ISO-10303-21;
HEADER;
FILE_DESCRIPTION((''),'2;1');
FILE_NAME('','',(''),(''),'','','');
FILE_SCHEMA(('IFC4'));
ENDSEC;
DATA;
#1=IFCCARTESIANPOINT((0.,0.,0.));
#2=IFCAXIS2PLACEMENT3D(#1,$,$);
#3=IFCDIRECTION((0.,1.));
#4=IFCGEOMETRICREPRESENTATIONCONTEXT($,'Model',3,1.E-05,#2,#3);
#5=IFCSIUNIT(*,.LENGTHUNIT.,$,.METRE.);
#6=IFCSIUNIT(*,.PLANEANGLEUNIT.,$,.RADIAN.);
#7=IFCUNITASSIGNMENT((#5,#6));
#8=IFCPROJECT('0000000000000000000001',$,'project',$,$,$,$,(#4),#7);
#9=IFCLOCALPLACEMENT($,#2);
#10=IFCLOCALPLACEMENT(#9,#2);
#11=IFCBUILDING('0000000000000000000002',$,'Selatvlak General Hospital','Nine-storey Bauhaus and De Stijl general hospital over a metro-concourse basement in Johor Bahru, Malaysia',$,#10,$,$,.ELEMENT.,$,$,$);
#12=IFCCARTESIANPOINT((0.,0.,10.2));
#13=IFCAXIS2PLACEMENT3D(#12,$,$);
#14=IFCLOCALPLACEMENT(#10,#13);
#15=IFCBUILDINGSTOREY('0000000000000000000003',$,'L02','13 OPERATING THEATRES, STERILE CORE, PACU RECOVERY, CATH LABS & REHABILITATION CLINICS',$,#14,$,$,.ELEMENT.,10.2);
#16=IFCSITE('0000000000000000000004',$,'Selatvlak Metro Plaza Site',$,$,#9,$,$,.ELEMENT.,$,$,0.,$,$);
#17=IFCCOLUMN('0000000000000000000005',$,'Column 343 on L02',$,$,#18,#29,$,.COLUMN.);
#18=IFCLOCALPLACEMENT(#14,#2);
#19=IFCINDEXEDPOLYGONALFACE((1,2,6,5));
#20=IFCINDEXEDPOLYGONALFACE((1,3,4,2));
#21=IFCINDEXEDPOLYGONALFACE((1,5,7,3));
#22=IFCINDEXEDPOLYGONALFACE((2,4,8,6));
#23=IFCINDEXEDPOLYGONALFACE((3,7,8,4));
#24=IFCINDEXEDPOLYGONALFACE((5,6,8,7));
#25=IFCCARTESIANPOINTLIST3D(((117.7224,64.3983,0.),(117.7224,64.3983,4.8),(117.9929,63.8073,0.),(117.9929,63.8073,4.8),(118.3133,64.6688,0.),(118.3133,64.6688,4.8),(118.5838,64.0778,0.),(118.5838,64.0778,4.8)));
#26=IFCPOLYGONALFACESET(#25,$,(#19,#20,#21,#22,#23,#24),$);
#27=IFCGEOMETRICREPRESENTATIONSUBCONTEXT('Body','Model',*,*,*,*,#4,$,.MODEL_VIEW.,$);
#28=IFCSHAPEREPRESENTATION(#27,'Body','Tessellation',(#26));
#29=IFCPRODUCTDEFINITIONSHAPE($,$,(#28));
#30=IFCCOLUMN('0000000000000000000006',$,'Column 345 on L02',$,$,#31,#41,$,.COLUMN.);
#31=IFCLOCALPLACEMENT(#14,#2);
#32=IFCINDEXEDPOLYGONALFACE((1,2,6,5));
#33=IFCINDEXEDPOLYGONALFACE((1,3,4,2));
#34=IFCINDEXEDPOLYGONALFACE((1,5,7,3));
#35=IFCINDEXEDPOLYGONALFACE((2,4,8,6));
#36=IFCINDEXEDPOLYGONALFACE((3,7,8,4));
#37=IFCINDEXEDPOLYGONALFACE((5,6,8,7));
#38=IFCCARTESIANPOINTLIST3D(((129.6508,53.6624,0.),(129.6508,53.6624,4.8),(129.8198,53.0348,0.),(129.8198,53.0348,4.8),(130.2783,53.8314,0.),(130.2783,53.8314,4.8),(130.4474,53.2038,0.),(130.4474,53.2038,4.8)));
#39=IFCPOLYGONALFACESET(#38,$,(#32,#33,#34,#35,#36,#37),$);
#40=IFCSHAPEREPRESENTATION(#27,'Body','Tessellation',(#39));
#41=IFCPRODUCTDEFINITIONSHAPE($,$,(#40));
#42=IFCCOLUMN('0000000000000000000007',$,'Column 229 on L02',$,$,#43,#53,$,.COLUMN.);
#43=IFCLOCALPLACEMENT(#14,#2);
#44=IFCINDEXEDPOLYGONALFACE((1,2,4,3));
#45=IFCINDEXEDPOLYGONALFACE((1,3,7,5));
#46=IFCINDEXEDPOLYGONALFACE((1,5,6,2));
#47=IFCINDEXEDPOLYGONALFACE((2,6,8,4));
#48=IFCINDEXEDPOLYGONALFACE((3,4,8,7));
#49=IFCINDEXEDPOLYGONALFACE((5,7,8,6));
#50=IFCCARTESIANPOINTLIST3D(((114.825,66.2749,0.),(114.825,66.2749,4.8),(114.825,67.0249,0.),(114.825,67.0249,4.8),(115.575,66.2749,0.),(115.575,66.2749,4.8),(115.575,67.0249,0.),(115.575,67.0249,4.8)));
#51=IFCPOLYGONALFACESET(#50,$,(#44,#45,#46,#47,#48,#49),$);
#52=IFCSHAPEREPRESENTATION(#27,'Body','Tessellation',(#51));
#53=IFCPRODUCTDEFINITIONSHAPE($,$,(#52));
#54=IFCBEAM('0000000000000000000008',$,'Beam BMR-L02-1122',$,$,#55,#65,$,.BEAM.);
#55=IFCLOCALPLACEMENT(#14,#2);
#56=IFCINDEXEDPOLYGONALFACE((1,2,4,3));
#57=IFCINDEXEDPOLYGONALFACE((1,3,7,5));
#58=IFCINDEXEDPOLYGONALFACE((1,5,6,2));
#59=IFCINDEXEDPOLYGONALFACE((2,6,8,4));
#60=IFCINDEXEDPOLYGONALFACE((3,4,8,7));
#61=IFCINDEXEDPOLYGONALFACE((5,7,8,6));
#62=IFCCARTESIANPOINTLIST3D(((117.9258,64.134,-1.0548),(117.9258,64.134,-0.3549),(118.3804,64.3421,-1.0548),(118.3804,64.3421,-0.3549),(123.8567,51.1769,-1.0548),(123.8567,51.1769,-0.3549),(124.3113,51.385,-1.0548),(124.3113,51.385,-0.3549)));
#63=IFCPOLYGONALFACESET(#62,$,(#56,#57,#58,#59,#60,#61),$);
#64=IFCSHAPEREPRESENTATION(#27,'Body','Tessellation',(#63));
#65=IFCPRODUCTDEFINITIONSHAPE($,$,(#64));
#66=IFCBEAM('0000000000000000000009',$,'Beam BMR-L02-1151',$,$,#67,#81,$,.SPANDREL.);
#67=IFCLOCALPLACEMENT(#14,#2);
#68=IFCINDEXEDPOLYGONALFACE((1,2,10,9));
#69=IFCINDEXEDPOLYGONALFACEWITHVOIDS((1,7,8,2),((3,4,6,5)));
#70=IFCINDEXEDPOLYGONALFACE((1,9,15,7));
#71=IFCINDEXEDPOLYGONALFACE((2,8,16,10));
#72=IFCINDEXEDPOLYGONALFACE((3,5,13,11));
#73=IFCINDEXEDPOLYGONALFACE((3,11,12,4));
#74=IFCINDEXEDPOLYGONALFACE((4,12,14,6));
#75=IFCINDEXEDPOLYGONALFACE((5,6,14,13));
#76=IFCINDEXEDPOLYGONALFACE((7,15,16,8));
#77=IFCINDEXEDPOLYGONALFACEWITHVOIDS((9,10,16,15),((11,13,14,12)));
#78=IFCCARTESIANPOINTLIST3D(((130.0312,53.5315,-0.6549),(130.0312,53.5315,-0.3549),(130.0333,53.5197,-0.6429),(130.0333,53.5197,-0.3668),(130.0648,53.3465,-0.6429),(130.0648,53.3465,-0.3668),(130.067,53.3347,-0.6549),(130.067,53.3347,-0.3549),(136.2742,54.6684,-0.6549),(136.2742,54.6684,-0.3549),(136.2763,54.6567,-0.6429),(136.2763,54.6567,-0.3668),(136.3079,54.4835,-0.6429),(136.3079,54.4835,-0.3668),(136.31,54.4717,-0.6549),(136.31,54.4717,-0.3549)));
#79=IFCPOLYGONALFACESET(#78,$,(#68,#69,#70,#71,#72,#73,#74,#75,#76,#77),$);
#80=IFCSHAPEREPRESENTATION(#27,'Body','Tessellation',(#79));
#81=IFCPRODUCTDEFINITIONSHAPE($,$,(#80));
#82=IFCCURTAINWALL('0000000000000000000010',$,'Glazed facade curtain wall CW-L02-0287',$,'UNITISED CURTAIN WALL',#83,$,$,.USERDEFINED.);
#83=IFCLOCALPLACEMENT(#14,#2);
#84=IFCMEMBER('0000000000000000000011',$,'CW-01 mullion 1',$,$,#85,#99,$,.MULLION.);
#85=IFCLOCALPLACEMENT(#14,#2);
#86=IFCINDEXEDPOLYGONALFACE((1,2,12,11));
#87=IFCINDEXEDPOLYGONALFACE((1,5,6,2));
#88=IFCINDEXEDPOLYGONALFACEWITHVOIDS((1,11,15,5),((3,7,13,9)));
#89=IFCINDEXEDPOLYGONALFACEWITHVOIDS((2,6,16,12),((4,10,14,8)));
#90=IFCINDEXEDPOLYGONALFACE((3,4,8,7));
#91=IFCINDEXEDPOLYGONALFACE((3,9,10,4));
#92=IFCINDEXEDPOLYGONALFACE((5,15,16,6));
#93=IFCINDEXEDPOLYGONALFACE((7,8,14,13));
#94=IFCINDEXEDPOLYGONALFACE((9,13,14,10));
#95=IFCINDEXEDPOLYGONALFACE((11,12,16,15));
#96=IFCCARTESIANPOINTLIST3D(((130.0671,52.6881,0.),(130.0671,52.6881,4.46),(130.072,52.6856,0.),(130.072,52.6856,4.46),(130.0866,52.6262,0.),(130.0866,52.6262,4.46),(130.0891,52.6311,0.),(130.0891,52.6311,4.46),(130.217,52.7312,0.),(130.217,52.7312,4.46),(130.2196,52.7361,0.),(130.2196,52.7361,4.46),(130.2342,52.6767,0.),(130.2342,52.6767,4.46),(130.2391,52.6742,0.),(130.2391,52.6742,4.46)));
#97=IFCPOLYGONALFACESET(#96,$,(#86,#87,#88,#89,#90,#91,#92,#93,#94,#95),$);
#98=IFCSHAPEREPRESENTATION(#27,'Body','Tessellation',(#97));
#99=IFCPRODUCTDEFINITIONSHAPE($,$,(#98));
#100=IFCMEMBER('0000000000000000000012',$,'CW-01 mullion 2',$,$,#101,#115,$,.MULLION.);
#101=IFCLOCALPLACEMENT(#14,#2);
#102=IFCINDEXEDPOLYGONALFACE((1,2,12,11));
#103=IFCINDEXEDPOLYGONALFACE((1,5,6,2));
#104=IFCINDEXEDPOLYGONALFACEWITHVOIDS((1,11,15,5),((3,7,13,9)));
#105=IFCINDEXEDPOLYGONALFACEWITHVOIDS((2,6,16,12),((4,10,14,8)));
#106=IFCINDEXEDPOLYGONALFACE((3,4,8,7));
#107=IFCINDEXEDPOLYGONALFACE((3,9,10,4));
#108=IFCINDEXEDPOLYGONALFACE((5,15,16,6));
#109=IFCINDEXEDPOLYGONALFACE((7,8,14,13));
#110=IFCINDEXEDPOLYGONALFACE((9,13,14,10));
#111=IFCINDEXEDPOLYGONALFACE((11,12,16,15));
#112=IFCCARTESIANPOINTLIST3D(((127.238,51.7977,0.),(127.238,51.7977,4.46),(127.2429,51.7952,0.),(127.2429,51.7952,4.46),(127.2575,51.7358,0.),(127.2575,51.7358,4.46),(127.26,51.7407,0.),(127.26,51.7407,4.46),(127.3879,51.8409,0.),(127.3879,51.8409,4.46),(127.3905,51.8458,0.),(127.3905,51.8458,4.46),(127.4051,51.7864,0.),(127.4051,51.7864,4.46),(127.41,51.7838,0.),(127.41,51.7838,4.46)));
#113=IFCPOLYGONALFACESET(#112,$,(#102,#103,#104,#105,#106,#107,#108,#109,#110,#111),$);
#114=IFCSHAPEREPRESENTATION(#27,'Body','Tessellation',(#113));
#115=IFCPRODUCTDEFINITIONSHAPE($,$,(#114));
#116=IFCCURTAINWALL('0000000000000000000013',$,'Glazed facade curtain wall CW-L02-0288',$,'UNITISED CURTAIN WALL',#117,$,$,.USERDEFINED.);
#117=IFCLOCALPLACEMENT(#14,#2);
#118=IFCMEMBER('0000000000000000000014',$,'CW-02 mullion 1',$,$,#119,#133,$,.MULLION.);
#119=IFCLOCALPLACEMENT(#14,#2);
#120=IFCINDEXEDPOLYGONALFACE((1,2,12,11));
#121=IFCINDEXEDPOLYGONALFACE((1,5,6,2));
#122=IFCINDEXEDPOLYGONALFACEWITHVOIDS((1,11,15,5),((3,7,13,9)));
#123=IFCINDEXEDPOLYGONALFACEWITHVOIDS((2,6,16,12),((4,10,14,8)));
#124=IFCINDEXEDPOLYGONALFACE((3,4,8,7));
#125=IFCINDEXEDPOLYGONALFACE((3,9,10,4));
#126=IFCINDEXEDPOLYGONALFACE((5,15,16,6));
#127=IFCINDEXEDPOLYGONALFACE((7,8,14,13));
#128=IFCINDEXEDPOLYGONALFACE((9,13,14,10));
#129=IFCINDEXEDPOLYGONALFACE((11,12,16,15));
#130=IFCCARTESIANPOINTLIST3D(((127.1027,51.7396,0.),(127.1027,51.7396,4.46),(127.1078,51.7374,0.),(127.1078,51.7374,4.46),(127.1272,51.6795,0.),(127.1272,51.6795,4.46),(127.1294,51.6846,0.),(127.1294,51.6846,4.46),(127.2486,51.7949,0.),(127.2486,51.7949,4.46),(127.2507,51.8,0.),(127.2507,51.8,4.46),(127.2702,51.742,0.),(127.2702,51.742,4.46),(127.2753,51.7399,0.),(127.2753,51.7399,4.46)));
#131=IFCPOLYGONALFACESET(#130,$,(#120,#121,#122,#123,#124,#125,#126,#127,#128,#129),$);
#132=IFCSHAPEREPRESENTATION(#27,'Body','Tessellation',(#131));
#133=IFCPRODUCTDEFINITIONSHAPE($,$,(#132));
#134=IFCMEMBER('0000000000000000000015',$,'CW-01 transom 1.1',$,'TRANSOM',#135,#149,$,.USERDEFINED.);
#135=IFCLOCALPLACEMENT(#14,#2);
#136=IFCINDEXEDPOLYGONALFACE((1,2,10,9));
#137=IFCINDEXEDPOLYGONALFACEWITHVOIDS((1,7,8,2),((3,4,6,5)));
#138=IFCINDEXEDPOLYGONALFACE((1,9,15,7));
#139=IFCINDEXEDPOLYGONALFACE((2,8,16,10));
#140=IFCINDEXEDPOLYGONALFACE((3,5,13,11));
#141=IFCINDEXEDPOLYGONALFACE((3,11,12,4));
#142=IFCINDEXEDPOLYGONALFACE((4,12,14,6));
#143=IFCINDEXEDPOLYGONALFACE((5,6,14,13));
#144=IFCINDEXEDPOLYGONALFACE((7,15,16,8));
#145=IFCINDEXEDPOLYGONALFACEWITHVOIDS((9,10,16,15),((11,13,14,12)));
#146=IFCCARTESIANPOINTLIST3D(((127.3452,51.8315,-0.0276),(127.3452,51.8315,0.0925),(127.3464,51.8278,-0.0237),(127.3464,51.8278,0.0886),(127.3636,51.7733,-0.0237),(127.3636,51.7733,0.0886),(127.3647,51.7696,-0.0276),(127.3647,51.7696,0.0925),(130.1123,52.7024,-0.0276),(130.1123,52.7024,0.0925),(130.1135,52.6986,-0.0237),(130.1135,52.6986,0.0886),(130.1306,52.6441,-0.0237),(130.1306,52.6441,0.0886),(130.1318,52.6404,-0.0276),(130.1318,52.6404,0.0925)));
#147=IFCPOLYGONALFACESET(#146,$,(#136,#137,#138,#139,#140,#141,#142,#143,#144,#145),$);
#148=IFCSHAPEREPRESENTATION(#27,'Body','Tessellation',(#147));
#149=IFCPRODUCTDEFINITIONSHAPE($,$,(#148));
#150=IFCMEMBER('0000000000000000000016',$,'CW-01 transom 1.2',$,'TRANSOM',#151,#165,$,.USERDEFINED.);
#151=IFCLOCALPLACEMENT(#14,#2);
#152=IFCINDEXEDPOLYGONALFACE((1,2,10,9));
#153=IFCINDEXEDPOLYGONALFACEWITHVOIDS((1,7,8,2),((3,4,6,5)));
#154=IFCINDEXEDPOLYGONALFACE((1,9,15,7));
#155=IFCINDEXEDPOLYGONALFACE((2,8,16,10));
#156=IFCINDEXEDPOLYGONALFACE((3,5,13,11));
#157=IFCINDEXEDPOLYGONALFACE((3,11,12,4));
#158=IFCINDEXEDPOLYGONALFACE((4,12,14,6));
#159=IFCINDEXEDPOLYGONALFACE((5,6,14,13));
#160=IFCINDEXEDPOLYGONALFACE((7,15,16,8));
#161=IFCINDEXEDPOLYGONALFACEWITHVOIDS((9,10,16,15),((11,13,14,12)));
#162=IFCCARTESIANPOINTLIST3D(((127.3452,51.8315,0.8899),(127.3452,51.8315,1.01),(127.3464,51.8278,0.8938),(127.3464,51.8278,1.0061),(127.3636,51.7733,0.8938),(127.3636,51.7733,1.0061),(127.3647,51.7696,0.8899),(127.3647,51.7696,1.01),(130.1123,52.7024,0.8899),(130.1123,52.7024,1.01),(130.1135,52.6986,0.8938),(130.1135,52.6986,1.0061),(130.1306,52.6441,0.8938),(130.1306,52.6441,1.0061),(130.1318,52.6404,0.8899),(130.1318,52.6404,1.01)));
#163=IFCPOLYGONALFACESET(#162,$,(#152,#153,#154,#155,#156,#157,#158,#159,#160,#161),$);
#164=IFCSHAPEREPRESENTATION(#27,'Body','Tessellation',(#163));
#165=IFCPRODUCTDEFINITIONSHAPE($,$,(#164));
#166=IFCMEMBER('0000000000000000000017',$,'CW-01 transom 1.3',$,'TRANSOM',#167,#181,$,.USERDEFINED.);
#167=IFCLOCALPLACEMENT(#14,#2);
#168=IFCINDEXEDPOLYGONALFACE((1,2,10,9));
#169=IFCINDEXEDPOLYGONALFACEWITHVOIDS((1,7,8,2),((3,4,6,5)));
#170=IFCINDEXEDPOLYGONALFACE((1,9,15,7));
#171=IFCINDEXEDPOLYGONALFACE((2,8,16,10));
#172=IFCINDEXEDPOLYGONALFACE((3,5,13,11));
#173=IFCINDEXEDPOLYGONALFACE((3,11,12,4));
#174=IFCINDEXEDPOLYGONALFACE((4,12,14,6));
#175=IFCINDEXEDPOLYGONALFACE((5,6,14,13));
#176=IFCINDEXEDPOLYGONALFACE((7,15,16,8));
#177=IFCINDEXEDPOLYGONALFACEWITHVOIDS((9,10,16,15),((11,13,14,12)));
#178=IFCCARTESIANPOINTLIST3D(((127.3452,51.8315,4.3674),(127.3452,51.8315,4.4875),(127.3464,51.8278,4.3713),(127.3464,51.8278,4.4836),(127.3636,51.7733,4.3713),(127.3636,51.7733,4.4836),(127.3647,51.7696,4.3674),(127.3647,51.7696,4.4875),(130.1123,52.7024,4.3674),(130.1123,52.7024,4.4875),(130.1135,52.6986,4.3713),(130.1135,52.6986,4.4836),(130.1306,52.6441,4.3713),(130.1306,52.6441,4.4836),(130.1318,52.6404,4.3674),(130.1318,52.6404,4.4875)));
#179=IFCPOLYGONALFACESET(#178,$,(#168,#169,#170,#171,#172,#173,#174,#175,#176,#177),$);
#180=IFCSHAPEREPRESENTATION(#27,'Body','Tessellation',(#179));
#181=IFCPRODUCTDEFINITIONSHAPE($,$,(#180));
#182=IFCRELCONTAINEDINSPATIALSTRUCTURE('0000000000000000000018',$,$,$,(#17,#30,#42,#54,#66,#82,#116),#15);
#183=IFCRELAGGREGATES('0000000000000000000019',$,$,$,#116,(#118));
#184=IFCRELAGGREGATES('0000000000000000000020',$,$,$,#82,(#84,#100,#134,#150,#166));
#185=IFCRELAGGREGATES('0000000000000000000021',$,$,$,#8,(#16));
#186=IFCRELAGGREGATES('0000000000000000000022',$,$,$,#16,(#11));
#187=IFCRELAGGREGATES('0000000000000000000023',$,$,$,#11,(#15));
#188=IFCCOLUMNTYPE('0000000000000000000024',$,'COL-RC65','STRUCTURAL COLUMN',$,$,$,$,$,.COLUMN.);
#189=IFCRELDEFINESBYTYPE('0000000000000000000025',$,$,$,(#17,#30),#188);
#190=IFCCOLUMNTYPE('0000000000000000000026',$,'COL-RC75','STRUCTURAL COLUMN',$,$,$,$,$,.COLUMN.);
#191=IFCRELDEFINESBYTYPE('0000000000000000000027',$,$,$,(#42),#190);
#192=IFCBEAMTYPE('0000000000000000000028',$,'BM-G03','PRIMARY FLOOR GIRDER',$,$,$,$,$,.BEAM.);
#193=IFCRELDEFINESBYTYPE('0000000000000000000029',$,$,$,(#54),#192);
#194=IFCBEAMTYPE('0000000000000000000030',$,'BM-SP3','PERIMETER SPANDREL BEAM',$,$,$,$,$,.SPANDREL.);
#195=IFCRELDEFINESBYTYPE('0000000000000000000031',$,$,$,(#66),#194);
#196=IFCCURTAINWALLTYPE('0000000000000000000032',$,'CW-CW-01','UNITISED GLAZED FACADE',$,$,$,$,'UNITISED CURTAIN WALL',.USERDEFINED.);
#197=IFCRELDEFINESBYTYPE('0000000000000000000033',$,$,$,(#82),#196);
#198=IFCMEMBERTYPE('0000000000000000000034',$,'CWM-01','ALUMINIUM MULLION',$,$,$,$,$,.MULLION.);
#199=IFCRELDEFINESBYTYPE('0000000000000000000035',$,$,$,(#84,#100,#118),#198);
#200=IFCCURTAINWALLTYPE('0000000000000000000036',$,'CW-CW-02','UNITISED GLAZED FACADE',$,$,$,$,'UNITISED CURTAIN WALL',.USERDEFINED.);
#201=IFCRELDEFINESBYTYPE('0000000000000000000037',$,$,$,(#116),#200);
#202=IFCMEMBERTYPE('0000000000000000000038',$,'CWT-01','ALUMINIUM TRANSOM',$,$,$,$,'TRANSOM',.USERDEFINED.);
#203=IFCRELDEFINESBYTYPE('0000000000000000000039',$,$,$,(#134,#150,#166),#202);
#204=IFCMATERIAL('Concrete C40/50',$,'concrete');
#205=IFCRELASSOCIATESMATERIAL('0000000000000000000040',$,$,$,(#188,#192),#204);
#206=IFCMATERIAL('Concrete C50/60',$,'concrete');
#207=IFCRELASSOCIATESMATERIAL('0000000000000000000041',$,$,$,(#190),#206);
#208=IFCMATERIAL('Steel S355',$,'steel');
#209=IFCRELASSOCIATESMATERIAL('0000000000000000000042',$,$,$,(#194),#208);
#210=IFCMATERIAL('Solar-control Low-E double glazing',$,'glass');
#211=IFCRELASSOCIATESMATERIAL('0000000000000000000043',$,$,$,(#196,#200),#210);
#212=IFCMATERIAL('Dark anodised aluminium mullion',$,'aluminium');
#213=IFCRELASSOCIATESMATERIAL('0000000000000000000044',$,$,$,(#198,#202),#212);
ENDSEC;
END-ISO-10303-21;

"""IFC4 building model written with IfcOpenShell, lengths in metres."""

from ifc_helpers import new_model, si_unit, direction, frame, origin, origin_2d, place, context, subcontext, project, spatial, rectangle, hollow_rectangle, extrude, material, material_profile, profile_set, type_object, element, aggregate, save


model = new_model("IFC4")

# Units and contexts
model_context = context("Model", 3, precision=1e-05, world=origin(), true_north=direction((0.0, 1.0)))
body_context = subcontext(model_context, "Body", "Model", "MODEL_VIEW")
ifc_project = project(units=[si_unit("LENGTHUNIT", "METRE"), si_unit("PLANEANGLEUNIT", "RADIAN")], contexts=[model_context])

# Site, building, storey
site_placement = place(None, origin())
site = spatial("IfcSite", under=ifc_project, at=site_placement, Name="Selatvlak Metro Plaza Site", CompositionType="ELEMENT", RefElevation=0.0)
building_placement = place(site_placement, origin())
building = spatial("IfcBuilding", under=site, at=building_placement, Name="Selatvlak General Hospital", Description="Nine-storey Bauhaus and De Stijl general hospital over a metro-concourse basement in Johor Bahru, Malaysia", CompositionType="ELEMENT")
storey_placement = place(building_placement, frame((0.0, 0.0, 10.2)))
storey = spatial("IfcBuildingStorey", under=building, at=storey_placement, Name="L02", Description="13 OPERATING THEATRES, STERILE CORE, PACU RECOVERY, CATH LABS & REHABILITATION CLINICS", CompositionType="ELEMENT", Elevation=10.2)

# Columns
ifc_material_1 = material(Name="Concrete C40/50", Category="concrete")
ifc_material_profile_1 = material_profile(ifc_material_1, rectangle(XDim=0.6499, YDim=0.6499, at=origin_2d()), Name="RC-COL 650x650")
ifc_profile_set_1 = profile_set([ifc_material_profile_1], Name="Concrete C40/50")
column_type_1 = type_object("IfcColumnType", Name="COL-RC65", Description="STRUCTURAL COLUMN", PredefinedType="COLUMN", material=ifc_profile_set_1)
for number, where, z_axis, x_axis, name in (
    (1, (118.1531, 64.238, 0.0), (0.0, 0.0, 1.0), (-0.416201, 0.909272, 0.0), "Column 343 on L02"),
    (2, (130.0491, 53.4331, 0.0), (0.0, 0.0, 1.0), (-0.260066, 0.965591, 0.0), "Column 345 on L02"),
):
    element("IfcColumn", number, at=place(storey_placement, frame(where, z_axis=z_axis, x_axis=x_axis)), inside=storey, type_object=column_type_1, Name=name, PredefinedType="COLUMN", context=body_context, shape_type="SweptSolid", body=[
        extrude(rectangle(XDim=0.6499, YDim=0.6499, at=origin_2d()), origin(), (0.0, 0.0, 1.0), 4.8),
    ])
ifc_material_2 = material(Name="Concrete C50/60", Category="concrete")
ifc_material_profile_2 = material_profile(ifc_material_2, rectangle(XDim=0.75, YDim=0.75, at=origin_2d()), Name="RC-COL 750x750")
ifc_profile_set_2 = profile_set([ifc_material_profile_2], Name="Concrete C50/60")
column_type_2 = type_object("IfcColumnType", Name="COL-RC75", Description="STRUCTURAL COLUMN", PredefinedType="COLUMN", material=ifc_profile_set_2)
column_placement = place(storey_placement, frame((115.2, 66.6499, 0.0), z_axis=(0.0, 0.0, 1.0), x_axis=(1.0, 0.0, 0.0)))
element("IfcColumn", 3, at=column_placement, inside=storey, type_object=column_type_2, Name="Column 229 on L02", PredefinedType="COLUMN", context=body_context, shape_type="SweptSolid", body=[
    extrude(rectangle(XDim=0.75, YDim=0.75, at=origin_2d()), origin(), (0.0, 0.0, 1.0), 4.8),
])

# Beams
ifc_material_profile_3 = material_profile(ifc_material_1, rectangle(XDim=0.5, YDim=0.7, at=origin_2d()), Name="RC-BM 500x700")
ifc_profile_set_3 = profile_set([ifc_material_profile_3], Name="Concrete C40/50")
beam_type_1 = type_object("IfcBeamType", Name="BM-G03", Description="PRIMARY FLOOR GIRDER", PredefinedType="BEAM", material=ifc_profile_set_3)
beam_1_placement = place(storey_placement, frame((118.1531, 64.238, -0.7048), z_axis=(0.416206, -0.90927, 0.0), x_axis=(0.90927, 0.416206, 0.0)))
element("IfcBeam", 4, at=beam_1_placement, inside=storey, type_object=beam_type_1, Name="Beam BMR-L02-1122", PredefinedType="BEAM", context=body_context, shape_type="SweptSolid", body=[
    extrude(rectangle(XDim=0.5, YDim=0.7, at=origin_2d()), origin(), (0.0, 0.0, 1.0), 14.25),
])
ifc_material_3 = material(Name="Steel S355", Category="steel")
ifc_material_profile_4 = material_profile(ifc_material_3, hollow_rectangle(XDim=0.2, YDim=0.3, WallThickness=0.012, at=origin_2d()), Name="RHS 300x200x12")
ifc_profile_set_4 = profile_set([ifc_material_profile_4], Name="Steel S355")
beam_type_2 = type_object("IfcBeamType", Name="BM-SP3", Description="PERIMETER SPANDREL BEAM", PredefinedType="SPANDREL", material=ifc_profile_set_4)
beam_2_placement = place(storey_placement, frame((130.0491, 53.4331, -0.5049), z_axis=(0.983818, 0.179173, 0.0), x_axis=(-0.179173, 0.983818, 0.0)))
element("IfcBeam", 5, at=beam_2_placement, inside=storey, type_object=beam_type_2, Name="Beam BMR-L02-1151", PredefinedType="SPANDREL", context=body_context, shape_type="SweptSolid", body=[
    extrude(hollow_rectangle(XDim=0.2, YDim=0.3, WallThickness=0.012, at=origin_2d()), origin(), (0.0, 0.0, 1.0), 6.3457),
])

# Curtain wall, members
ifc_material_4 = material(Name="Solar-control Low-E double glazing", Category="glass")
curtain_wall_type_1 = type_object("IfcCurtainWallType", Name="CW-CW-01", Description="UNITISED GLAZED FACADE", ElementType="UNITISED CURTAIN WALL", PredefinedType="USERDEFINED", material=ifc_material_4)
curtain_wall_1_placement = place(storey_placement, origin())
curtain_wall_1 = element("IfcCurtainWall", 6, at=curtain_wall_1_placement, inside=storey, type_object=curtain_wall_type_1, Name="Glazed facade curtain wall CW-L02-0287", ObjectType="UNITISED CURTAIN WALL", PredefinedType="USERDEFINED")
ifc_material_5 = material(Name="Dark anodised aluminium mullion", Category="aluminium")
ifc_material_profile_5 = material_profile(ifc_material_5, hollow_rectangle(XDim=0.0649, YDim=0.1599, WallThickness=0.0039, at=origin_2d()), Name="AL-MUL 65x160x4")
ifc_profile_set_5 = profile_set([ifc_material_profile_5], Name="Dark anodised aluminium mullion")
member_type_1 = type_object("IfcMemberType", Name="CWM-01", Description="ALUMINIUM MULLION", PredefinedType="MULLION", material=ifc_profile_set_5)
member_1_placement = place(storey_placement, frame((130.1531, 52.6812, 0.0), z_axis=(0.0, 0.0, 1.0), x_axis=(0.300247, -0.953862, 0.0)))
member_1 = element("IfcMember", 7, at=member_1_placement, type_object=member_type_1, Name="CW-01 mullion 1", PredefinedType="MULLION", context=body_context, shape_type="SweptSolid", body=[
    extrude(hollow_rectangle(XDim=0.0649, YDim=0.1599, WallThickness=0.0039, at=origin_2d()), origin(), (0.0, 0.0, 1.0), 4.46),
])
member_2_placement = place(storey_placement, frame((127.324, 51.7908, 0.0), z_axis=(0.0, 0.0, 1.0), x_axis=(0.300247, -0.953862, 0.0)))
member_2 = element("IfcMember", 8, at=member_2_placement, type_object=member_type_1, Name="CW-01 mullion 2", PredefinedType="MULLION", context=body_context, shape_type="SweptSolid", body=[
    extrude(hollow_rectangle(XDim=0.0649, YDim=0.1599, WallThickness=0.0039, at=origin_2d()), origin(), (0.0, 0.0, 1.0), 4.46),
])

# Curtain wall, member
curtain_wall_type_2 = type_object("IfcCurtainWallType", Name="CW-CW-02", Description="UNITISED GLAZED FACADE", ElementType="UNITISED CURTAIN WALL", PredefinedType="USERDEFINED", material=ifc_material_4)
curtain_wall_2_placement = place(storey_placement, origin())
curtain_wall_2 = element("IfcCurtainWall", 9, at=curtain_wall_2_placement, inside=storey, type_object=curtain_wall_type_2, Name="Glazed facade curtain wall CW-L02-0288", ObjectType="UNITISED CURTAIN WALL", PredefinedType="USERDEFINED")
member_3_placement = place(storey_placement, frame((127.189, 51.7397, 0.0), z_axis=(0.0, 0.0, 1.0), x_axis=(0.377978, -0.925815, 0.0)))
member_3 = element("IfcMember", 10, at=member_3_placement, type_object=member_type_1, Name="CW-02 mullion 1", PredefinedType="MULLION", context=body_context, shape_type="SweptSolid", body=[
    extrude(hollow_rectangle(XDim=0.0649, YDim=0.1599, WallThickness=0.0039, at=origin_2d()), origin(), (0.0, 0.0, 1.0), 4.46),
])

# Members
ifc_material_profile_6 = material_profile(ifc_material_5, hollow_rectangle(XDim=0.0649, YDim=0.1201, WallThickness=0.0039, at=origin_2d()), Name="AL-TRN 65x120x4")
ifc_profile_set_6 = profile_set([ifc_material_profile_6], Name="Dark anodised aluminium mullion")
member_type_2 = type_object("IfcMemberType", Name="CWT-01", Description="ALUMINIUM TRANSOM", ElementType="TRANSOM", PredefinedType="USERDEFINED", material=ifc_profile_set_6)
member_4_placement = place(storey_placement, frame((130.1221, 52.6714, 0.0325), z_axis=(-0.953876, -0.300201, 0.0), x_axis=(0.300201, -0.953876, 0.0)))
member_4 = element("IfcMember", 11, at=member_4_placement, type_object=member_type_2, Name="CW-01 transom 1.1", ObjectType="TRANSOM", PredefinedType="USERDEFINED", context=body_context, shape_type="SweptSolid", body=[
    extrude(hollow_rectangle(XDim=0.0649, YDim=0.1201, WallThickness=0.0039, at=origin_2d()), origin(), (0.0, 0.0, 1.0), 2.9009),
])
member_5_placement = place(storey_placement, frame((130.1221, 52.6714, 0.95), z_axis=(-0.953876, -0.300201, 0.0), x_axis=(0.300201, -0.953876, 0.0)))
member_5 = element("IfcMember", 12, at=member_5_placement, type_object=member_type_2, Name="CW-01 transom 1.2", ObjectType="TRANSOM", PredefinedType="USERDEFINED", context=body_context, shape_type="SweptSolid", body=[
    extrude(hollow_rectangle(XDim=0.0649, YDim=0.1201, WallThickness=0.0039, at=origin_2d()), origin(), (0.0, 0.0, 1.0), 2.9009),
])
member_6_placement = place(storey_placement, frame((130.1221, 52.6714, 4.4275), z_axis=(-0.953876, -0.300201, 0.0), x_axis=(0.300201, -0.953876, 0.0)))
member_6 = element("IfcMember", 13, at=member_6_placement, type_object=member_type_2, Name="CW-01 transom 1.3", ObjectType="TRANSOM", PredefinedType="USERDEFINED", context=body_context, shape_type="SweptSolid", body=[
    extrude(hollow_rectangle(XDim=0.0649, YDim=0.1201, WallThickness=0.0039, at=origin_2d()), origin(), (0.0, 0.0, 1.0), 2.9009),
])
aggregate(curtain_wall_2, [member_3])

aggregate(curtain_wall_1, [member_1, member_2, member_4, member_5, member_6])

save(model, "model.ifc")
